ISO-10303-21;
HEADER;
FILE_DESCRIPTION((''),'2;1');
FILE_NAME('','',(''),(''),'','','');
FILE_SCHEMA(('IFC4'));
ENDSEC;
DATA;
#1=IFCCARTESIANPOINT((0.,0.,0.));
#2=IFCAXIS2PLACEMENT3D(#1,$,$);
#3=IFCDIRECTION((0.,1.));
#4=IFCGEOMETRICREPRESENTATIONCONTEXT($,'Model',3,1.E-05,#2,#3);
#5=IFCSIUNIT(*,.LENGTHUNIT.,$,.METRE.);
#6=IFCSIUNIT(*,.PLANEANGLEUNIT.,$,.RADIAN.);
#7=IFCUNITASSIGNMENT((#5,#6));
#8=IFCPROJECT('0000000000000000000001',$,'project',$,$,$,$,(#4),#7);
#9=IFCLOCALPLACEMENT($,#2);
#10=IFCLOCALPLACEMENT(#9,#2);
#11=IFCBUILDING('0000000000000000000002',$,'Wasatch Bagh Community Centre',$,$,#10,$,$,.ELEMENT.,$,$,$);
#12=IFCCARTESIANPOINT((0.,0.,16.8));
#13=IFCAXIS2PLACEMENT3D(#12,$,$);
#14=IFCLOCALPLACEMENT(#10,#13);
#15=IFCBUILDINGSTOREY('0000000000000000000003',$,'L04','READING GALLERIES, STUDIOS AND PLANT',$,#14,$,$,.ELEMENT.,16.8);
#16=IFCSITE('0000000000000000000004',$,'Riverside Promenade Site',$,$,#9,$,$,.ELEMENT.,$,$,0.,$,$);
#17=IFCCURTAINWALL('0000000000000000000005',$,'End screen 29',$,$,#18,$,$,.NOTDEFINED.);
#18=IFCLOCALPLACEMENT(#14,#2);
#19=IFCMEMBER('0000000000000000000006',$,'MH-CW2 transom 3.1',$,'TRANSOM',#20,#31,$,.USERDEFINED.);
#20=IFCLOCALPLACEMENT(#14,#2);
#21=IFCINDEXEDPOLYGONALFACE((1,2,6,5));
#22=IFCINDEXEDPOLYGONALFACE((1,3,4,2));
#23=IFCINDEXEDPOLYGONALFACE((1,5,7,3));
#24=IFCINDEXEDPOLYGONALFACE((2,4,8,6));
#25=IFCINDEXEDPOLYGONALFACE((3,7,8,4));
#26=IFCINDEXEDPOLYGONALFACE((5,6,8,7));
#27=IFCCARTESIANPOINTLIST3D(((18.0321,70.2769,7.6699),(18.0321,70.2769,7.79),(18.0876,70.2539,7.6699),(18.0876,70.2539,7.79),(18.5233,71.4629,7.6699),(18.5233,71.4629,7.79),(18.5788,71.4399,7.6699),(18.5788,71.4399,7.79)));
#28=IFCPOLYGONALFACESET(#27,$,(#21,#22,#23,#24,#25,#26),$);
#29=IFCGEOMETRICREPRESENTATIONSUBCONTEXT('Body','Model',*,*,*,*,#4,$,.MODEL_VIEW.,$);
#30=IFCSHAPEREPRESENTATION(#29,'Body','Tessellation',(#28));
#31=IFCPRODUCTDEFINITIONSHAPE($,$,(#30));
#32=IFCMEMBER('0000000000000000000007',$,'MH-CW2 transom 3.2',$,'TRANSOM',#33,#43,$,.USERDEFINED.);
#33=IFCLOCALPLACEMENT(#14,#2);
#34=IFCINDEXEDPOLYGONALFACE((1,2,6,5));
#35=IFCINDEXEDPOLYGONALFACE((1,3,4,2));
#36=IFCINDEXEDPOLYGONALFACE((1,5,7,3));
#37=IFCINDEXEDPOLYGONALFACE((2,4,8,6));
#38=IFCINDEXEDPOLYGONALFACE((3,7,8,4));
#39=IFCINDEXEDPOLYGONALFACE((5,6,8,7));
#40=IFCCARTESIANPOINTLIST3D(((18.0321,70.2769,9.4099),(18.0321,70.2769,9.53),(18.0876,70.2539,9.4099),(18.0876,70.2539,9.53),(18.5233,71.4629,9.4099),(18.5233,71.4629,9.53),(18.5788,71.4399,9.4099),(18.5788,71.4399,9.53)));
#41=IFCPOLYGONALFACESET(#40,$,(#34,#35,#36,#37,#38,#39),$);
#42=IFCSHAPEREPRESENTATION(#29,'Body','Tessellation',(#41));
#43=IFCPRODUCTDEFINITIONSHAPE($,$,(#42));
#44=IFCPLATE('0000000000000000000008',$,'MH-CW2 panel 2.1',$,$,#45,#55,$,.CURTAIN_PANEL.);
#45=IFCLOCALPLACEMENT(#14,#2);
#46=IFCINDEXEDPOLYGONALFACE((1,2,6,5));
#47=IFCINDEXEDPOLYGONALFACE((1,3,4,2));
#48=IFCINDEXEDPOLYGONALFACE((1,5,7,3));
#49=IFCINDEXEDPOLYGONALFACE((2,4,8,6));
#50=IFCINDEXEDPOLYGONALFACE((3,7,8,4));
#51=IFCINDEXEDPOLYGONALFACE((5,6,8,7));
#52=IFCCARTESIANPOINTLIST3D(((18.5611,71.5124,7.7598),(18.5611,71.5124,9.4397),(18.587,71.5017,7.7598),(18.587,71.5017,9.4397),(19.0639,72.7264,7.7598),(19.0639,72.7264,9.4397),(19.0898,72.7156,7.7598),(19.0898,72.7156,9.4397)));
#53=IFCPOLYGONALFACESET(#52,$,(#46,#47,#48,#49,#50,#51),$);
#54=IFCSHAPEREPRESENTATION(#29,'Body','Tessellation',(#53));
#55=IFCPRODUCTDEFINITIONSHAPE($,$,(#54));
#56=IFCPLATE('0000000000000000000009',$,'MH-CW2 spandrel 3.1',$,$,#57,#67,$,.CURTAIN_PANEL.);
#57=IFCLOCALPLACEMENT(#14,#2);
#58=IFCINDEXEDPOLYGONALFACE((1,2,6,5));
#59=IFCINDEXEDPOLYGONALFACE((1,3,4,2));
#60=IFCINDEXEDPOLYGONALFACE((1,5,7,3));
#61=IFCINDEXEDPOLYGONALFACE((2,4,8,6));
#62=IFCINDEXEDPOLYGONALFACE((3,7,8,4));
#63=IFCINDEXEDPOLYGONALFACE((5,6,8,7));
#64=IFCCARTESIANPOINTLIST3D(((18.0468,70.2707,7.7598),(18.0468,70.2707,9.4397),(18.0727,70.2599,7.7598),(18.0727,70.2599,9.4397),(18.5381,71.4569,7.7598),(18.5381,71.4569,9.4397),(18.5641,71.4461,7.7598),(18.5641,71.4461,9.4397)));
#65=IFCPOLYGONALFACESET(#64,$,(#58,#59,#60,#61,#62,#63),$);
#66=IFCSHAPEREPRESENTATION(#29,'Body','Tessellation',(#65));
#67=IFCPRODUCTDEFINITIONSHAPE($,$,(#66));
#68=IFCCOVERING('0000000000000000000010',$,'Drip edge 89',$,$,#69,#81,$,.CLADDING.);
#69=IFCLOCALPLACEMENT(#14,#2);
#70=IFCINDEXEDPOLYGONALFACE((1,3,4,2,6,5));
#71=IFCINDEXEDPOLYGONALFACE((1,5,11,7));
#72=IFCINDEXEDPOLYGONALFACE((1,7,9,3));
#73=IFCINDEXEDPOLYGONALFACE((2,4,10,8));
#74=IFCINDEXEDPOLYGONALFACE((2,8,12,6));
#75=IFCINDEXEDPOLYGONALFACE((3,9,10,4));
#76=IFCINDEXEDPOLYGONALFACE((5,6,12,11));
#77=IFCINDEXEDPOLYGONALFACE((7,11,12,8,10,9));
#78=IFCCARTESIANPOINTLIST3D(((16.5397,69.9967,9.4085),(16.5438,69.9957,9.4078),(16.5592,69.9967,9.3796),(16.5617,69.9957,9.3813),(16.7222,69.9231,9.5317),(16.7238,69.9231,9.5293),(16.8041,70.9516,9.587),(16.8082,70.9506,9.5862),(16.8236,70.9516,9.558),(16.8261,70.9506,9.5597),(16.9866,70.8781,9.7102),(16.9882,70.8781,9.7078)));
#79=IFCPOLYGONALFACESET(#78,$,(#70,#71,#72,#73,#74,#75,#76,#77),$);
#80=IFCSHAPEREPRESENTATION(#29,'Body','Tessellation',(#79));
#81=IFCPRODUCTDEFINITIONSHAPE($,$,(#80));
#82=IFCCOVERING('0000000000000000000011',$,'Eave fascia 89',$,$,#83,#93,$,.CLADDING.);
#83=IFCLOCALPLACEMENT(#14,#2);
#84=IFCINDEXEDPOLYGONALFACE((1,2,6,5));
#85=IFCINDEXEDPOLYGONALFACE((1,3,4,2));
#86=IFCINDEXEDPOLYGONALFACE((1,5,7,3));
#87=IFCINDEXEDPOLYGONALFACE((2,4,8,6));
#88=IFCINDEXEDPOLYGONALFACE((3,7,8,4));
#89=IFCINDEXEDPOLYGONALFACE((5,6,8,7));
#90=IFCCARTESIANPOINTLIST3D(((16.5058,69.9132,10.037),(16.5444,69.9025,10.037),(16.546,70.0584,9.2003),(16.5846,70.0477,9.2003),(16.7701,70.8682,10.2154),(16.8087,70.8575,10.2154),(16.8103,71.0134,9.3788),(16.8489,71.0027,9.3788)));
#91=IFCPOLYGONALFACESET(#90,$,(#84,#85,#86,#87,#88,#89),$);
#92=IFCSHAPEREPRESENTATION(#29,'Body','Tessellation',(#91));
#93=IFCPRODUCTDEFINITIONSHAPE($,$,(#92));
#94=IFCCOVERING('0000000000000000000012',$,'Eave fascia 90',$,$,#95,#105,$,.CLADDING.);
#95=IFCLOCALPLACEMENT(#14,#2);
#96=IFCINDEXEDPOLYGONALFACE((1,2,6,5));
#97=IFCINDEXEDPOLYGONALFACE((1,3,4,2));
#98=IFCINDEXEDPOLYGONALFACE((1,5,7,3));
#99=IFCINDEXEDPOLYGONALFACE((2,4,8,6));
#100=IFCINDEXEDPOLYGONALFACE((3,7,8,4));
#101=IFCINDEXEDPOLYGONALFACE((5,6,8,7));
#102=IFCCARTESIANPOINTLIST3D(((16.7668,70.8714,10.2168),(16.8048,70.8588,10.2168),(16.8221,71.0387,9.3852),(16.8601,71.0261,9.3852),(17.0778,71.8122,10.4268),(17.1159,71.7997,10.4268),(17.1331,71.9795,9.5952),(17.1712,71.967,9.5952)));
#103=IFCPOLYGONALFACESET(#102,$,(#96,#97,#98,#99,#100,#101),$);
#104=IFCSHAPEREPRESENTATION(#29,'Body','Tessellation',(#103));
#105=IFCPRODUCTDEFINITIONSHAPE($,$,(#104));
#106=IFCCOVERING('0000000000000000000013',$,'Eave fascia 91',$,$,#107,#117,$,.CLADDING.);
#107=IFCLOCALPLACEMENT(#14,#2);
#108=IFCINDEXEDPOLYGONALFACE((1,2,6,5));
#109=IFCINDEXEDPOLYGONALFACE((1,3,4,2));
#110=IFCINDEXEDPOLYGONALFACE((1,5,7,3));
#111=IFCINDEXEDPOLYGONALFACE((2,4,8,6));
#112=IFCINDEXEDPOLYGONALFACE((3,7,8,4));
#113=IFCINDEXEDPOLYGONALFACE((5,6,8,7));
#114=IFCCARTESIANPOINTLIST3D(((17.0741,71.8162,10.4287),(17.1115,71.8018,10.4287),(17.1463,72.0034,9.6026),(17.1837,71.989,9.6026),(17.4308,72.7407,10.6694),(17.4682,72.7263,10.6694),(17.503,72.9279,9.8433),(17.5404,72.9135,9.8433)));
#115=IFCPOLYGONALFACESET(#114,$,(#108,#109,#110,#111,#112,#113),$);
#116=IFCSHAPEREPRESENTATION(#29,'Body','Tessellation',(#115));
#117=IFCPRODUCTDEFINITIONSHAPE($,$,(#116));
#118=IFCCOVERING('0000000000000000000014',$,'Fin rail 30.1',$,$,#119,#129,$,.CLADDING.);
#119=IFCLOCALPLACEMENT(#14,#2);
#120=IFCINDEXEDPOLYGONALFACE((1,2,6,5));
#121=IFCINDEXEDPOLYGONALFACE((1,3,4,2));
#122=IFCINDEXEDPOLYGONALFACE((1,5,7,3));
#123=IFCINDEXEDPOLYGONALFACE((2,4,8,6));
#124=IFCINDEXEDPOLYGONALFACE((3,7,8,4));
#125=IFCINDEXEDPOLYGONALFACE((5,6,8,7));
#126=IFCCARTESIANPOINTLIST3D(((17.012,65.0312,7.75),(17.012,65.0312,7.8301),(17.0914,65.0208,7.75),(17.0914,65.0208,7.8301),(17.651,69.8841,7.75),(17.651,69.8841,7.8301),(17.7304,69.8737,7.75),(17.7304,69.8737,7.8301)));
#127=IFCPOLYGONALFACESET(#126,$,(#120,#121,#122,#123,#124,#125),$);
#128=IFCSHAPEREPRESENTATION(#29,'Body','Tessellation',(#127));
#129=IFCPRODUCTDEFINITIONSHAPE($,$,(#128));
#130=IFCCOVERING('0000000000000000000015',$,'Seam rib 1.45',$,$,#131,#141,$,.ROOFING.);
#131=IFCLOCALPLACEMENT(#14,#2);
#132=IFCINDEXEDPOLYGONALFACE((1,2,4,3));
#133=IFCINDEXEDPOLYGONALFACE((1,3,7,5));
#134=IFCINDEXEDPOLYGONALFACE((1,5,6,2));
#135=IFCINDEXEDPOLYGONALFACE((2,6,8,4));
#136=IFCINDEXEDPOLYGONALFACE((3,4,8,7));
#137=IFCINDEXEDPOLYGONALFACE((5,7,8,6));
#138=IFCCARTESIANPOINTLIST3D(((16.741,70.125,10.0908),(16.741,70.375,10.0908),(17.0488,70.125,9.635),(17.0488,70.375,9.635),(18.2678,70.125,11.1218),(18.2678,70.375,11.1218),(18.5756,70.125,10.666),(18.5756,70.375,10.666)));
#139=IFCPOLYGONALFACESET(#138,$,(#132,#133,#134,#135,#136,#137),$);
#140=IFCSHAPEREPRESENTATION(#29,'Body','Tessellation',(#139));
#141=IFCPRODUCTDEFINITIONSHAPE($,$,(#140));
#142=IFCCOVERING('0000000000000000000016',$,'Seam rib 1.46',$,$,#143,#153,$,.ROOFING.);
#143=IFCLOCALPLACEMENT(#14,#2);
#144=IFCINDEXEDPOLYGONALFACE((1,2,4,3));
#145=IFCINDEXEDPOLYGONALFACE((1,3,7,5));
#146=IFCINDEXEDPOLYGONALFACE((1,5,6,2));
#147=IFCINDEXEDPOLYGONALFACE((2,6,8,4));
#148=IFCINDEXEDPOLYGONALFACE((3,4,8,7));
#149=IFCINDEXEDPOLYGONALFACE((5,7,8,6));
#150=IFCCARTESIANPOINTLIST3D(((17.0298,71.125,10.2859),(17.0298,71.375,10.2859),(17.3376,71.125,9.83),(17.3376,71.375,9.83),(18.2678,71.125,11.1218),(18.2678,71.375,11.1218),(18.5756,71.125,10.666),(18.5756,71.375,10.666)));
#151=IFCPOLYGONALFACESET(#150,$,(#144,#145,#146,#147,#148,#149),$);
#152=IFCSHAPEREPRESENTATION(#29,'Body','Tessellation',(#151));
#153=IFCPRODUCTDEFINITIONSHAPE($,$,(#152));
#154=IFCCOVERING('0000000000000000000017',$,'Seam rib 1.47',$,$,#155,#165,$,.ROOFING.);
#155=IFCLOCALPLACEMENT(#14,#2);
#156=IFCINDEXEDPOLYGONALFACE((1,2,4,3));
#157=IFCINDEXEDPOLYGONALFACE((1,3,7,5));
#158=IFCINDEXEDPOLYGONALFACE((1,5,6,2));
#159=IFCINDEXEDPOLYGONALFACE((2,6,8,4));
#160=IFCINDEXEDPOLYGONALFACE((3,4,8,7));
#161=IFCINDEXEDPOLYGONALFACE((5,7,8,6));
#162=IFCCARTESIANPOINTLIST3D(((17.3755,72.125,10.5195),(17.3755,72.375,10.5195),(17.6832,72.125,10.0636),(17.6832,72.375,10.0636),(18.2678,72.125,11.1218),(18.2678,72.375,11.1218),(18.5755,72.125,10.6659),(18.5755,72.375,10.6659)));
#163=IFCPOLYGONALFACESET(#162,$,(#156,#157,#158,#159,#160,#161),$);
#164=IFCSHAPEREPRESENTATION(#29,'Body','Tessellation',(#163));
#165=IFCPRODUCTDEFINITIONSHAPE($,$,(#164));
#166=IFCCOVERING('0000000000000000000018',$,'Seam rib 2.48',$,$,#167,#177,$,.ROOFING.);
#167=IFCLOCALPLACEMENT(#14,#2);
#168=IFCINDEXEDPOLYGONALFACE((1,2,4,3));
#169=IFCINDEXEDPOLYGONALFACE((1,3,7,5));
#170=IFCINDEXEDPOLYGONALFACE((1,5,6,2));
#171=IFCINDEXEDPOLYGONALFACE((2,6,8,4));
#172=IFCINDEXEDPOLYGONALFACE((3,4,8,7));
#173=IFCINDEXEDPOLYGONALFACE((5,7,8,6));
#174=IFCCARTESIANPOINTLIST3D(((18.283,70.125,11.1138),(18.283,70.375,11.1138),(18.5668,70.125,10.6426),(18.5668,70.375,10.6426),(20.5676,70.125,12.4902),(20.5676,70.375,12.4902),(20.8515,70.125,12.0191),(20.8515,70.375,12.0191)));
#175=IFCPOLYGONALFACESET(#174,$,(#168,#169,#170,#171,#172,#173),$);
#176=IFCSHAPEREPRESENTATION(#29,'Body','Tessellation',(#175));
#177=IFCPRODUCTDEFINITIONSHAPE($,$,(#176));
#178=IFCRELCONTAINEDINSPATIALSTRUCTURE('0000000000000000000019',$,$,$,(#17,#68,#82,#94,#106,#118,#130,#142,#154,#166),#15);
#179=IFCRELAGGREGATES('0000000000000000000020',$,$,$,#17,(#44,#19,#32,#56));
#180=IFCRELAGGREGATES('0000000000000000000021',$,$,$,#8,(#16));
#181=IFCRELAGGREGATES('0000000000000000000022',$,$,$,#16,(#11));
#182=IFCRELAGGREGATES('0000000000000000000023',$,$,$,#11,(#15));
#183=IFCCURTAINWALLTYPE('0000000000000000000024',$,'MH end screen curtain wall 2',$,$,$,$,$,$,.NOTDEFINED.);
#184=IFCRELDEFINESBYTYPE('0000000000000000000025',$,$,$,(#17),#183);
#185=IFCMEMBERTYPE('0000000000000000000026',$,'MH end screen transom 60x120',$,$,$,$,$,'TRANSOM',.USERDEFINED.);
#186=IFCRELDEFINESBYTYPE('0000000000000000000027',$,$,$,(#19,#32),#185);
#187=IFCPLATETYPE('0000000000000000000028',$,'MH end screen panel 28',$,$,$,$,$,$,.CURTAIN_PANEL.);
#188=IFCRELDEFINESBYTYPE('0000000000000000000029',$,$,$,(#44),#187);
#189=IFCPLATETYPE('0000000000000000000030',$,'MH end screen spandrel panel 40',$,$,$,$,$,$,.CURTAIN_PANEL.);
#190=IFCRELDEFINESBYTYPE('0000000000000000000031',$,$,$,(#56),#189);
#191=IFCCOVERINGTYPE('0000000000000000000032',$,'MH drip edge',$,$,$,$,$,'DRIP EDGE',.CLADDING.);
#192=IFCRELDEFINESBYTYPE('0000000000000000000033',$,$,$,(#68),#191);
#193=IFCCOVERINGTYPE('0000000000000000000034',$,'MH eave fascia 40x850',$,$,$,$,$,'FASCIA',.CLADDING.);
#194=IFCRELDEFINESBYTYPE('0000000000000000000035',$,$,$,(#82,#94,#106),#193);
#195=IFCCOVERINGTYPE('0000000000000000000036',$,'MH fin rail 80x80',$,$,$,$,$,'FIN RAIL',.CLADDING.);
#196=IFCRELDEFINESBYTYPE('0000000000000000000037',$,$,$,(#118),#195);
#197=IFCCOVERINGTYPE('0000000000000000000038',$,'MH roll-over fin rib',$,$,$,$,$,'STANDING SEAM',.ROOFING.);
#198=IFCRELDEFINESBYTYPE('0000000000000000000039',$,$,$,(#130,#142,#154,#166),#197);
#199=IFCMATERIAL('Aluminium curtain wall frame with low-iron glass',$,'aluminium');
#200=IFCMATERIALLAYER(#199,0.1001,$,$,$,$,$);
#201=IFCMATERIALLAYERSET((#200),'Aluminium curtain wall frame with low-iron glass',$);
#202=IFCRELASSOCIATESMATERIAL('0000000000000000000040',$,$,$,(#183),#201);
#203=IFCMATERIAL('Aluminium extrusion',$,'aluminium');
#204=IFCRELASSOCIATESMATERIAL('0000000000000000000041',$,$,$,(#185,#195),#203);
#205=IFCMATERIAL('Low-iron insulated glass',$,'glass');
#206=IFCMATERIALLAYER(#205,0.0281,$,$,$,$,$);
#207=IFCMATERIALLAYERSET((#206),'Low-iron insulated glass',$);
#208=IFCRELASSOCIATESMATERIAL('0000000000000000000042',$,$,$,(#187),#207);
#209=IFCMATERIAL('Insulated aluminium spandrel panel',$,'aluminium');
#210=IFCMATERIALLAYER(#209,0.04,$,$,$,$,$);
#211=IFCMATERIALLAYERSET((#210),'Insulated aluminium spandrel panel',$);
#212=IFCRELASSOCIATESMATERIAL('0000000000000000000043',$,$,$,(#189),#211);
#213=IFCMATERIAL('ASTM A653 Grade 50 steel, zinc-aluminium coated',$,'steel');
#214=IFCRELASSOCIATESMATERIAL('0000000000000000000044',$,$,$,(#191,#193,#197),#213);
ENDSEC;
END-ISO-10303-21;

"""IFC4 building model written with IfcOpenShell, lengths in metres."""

from ifc_helpers import new_model, si_unit, direction, frame, origin, origin_2d, place, context, subcontext, project, spatial, polyline, rectangle, outline, extrude, material, layer, layer_set, material_profile, profile_set, type_object, element, aggregate, save


model = new_model("IFC4")

# Units and contexts
model_context = context("Model", 3, precision=1e-05, world=origin(), true_north=direction((0.0, 1.0)))
body_context = subcontext(model_context, "Body", "Model", "MODEL_VIEW")
ifc_project = project(units=[si_unit("LENGTHUNIT", "METRE"), si_unit("PLANEANGLEUNIT", "RADIAN")], contexts=[model_context])

# Site, building, storey
site_placement = place(None, origin())
site = spatial("IfcSite", under=ifc_project, at=site_placement, Name="Riverside Promenade Site", CompositionType="ELEMENT", RefElevation=0.0)
building_placement = place(site_placement, origin())
building = spatial("IfcBuilding", under=site, at=building_placement, Name="Wasatch Bagh Community Centre", CompositionType="ELEMENT")
storey_placement = place(building_placement, frame((0.0, 0.0, 16.8)))
storey = spatial("IfcBuildingStorey", under=building, at=storey_placement, Name="L04", Description="READING GALLERIES, STUDIOS AND PLANT", CompositionType="ELEMENT", Elevation=16.8)

# Curtain wall, members, plates
ifc_material_1 = material(Name="Aluminium curtain wall frame with low-iron glass", Category="aluminium")
ifc_layer_1 = layer(ifc_material_1, 0.1001)
ifc_layer_set_1 = layer_set([ifc_layer_1], Name="Aluminium curtain wall frame with low-iron glass")
curtain_wall_type = type_object("IfcCurtainWallType", Name="MH end screen curtain wall 2", PredefinedType="NOTDEFINED", material=ifc_layer_set_1)
curtain_wall_placement = place(storey_placement, origin())
curtain_wall = element("IfcCurtainWall", 1, at=curtain_wall_placement, inside=storey, type_object=curtain_wall_type, Name="End screen 29", PredefinedType="NOTDEFINED")
ifc_material_2 = material(Name="Aluminium extrusion", Category="aluminium")
ifc_material_profile_1 = material_profile(ifc_material_2, rectangle(XDim=0.0601, YDim=0.1201, at=origin_2d()), Name="AL 60x120")
ifc_profile_set_1 = profile_set([ifc_material_profile_1], Name="Aluminium extrusion")
member_type = type_object("IfcMemberType", Name="MH end screen transom 60x120", ElementType="TRANSOM", PredefinedType="USERDEFINED", material=ifc_profile_set_1)
member_1_placement = place(storey_placement, frame((18.551, 71.4514, 7.73), z_axis=(-0.382643, -0.923896, 0.0), x_axis=(0.923896, -0.382643, 0.0)))
member_1 = element("IfcMember", 2, at=member_1_placement, type_object=member_type, Name="MH-CW2 transom 3.1", ObjectType="TRANSOM", PredefinedType="USERDEFINED", context=body_context, shape_type="SweptSolid", body=[
    extrude(rectangle(XDim=0.0601, YDim=0.1201, at=origin_2d()), origin(), (0.0, 0.0, 1.0), 1.2837),
])
member_2_placement = place(storey_placement, frame((18.551, 71.4514, 9.47), z_axis=(-0.382643, -0.923896, 0.0), x_axis=(0.923896, -0.382643, 0.0)))
member_2 = element("IfcMember", 3, at=member_2_placement, type_object=member_type, Name="MH-CW2 transom 3.2", ObjectType="TRANSOM", PredefinedType="USERDEFINED", context=body_context, shape_type="SweptSolid", body=[
    extrude(rectangle(XDim=0.0601, YDim=0.1201, at=origin_2d()), origin(), (0.0, 0.0, 1.0), 1.2837),
])
ifc_material_3 = material(Name="Low-iron insulated glass", Category="glass")
ifc_layer_2 = layer(ifc_material_3, 0.0281)
ifc_layer_set_2 = layer_set([ifc_layer_2], Name="Low-iron insulated glass")
plate_type_1 = type_object("IfcPlateType", Name="MH end screen panel 28", PredefinedType="CURTAIN_PANEL", material=ifc_layer_set_2)
plate_1_placement = place(storey_placement, frame((18.8254, 72.114, 7.7598), z_axis=(0.0, 0.0, 1.0), x_axis=(-0.382683, -0.92388, 0.0)))
plate_1 = element("IfcPlate", 4, at=plate_1_placement, type_object=plate_type_1, Name="MH-CW2 panel 2.1", PredefinedType="CURTAIN_PANEL", context=body_context, shape_type="SweptSolid", body=[
    extrude(rectangle(XDim=1.314, YDim=0.0281, at=origin_2d()), origin(), (0.0, 0.0, 1.0), 1.6799),
])
ifc_material_4 = material(Name="Insulated aluminium spandrel panel", Category="aluminium")
ifc_layer_3 = layer(ifc_material_4, 0.04)
ifc_layer_set_3 = layer_set([ifc_layer_3], Name="Insulated aluminium spandrel panel")
plate_type_2 = type_object("IfcPlateType", Name="MH end screen spandrel panel 40", PredefinedType="CURTAIN_PANEL", material=ifc_layer_set_3)
plate_2_placement = place(storey_placement, frame((18.3054, 70.8584, 7.7598), z_axis=(0.0, 0.0, 1.0), x_axis=(-0.382683, -0.92388, 0.0)))
plate_2 = element("IfcPlate", 5, at=plate_2_placement, type_object=plate_type_2, Name="MH-CW2 spandrel 3.1", PredefinedType="CURTAIN_PANEL", context=body_context, shape_type="SweptSolid", body=[
    extrude(rectangle(XDim=1.2839, YDim=0.0281, at=origin_2d()), origin(), (0.0, 0.0, 1.0), 1.6799),
])
aggregate(curtain_wall, [plate_1, member_1, member_2, plate_2])

# Coverings
ifc_material_5 = material(Name="ASTM A653 Grade 50 steel, zinc-aluminium coated", Category="steel")
ifc_material_profile_2 = material_profile(ifc_material_5, outline(polyline([(-0.0801, 0.0029), (0.1521, 0.0029), (0.1521, -0.032), (0.1489, -0.032), (0.1489, 0.0), (-0.0801, 0.0), (-0.0801, 0.0029)])), Name="DRIP EDGE")
ifc_profile_set_2 = profile_set([ifc_material_profile_2], Name="ASTM A653 Grade 50 steel, zinc-aluminium coated")
covering_type_1 = type_object("IfcCoveringType", Name="MH drip edge", ElementType="DRIP EDGE", PredefinedType="CLADDING", material=ifc_profile_set_2)
covering_1_placement = place(storey_placement, frame((16.6609, 69.9485, 9.4868), z_axis=(0.262581, 0.948493, 0.177236), x_axis=(-0.786092, 0.316799, -0.530752)))
element("IfcCovering", 6, at=covering_1_placement, inside=storey, type_object=covering_type_1, Name="Drip edge 89", PredefinedType="CLADDING", context=body_context, shape_type="SweptSolid", body=[
    extrude(outline(polyline([(-0.0801, 0.0029), (0.1521, 0.0029), (0.1521, -0.032), (0.1489, -0.032), (0.1489, 0.0), (-0.0801, 0.0), (-0.0801, 0.0029)])), origin(), (0.0, 0.0, 1.0), 1.0068),
])
ifc_material_profile_3 = material_profile(ifc_material_5, rectangle(XDim=0.04, YDim=0.8501, at=origin_2d()), Name="FASCIA 40x850")
ifc_profile_set_3 = profile_set([ifc_material_profile_3], Name="ASTM A653 Grade 50 steel, zinc-aluminium coated")
covering_type_2 = type_object("IfcCoveringType", Name="MH eave fascia 40x850", ElementType="FASCIA", PredefinedType="CLADDING", material=ifc_profile_set_3)
covering_2_placement = place(storey_placement, frame((16.5452, 69.9805, 9.6187), z_axis=(0.262581, 0.948493, 0.177236), x_axis=(-0.96375, 0.266805, 0.0)))
element("IfcCovering", 7, at=covering_2_placement, inside=storey, type_object=covering_type_2, Name="Eave fascia 89", PredefinedType="CLADDING", context=body_context, shape_type="SweptSolid", body=[
    extrude(rectangle(XDim=0.04, YDim=0.8501, at=origin_2d()), origin(), (0.0, 0.0, 1.0), 1.0068),
])
covering_3_placement = place(storey_placement, frame((16.8135, 70.9487, 9.801), z_axis=(0.307046, 0.92885, 0.207268), x_axis=(-0.949469, 0.313862, 0.0)))
element("IfcCovering", 8, at=covering_3_placement, inside=storey, type_object=covering_type_2, Name="Eave fascia 90", PredefinedType="CLADDING", context=body_context, shape_type="SweptSolid", body=[
    extrude(rectangle(XDim=0.04, YDim=0.8501, at=origin_2d()), origin(), (0.0, 0.0, 1.0), 1.0129),
])
covering_4_placement = place(storey_placement, frame((17.1289, 71.9026, 10.0156), z_axis=(0.349765, 0.906612, 0.236049), x_axis=(-0.932977, 0.359936, 0.0)))
element("IfcCovering", 9, at=covering_4_placement, inside=storey, type_object=covering_type_2, Name="Eave fascia 91", PredefinedType="CLADDING", context=body_context, shape_type="SweptSolid", body=[
    extrude(rectangle(XDim=0.04, YDim=0.8501, at=origin_2d()), origin(), (0.0, 0.0, 1.0), 1.0198),
])
ifc_material_profile_4 = material_profile(ifc_material_2, rectangle(XDim=0.0801, YDim=0.0801, at=origin_2d()), Name="AL 80x80")
ifc_profile_set_4 = profile_set([ifc_material_profile_4], Name="Aluminium extrusion")
covering_type_3 = type_object("IfcCoveringType", Name="MH fin rail 80x80", ElementType="FIN RAIL", PredefinedType="CLADDING", material=ifc_profile_set_4)
covering_5_placement = place(storey_placement, frame((17.6907, 69.8789, 7.79), z_axis=(-0.130533, -0.991444, 0.0), x_axis=(0.991444, -0.130533, 0.0)))
element("IfcCovering", 10, at=covering_5_placement, inside=storey, type_object=covering_type_3, Name="Fin rail 30.1", PredefinedType="CLADDING", context=body_context, shape_type="SweptSolid", body=[
    extrude(rectangle(XDim=0.0801, YDim=0.0801, at=origin_2d()), origin(), (0.0, 0.0, 1.0), 4.8948),
])
covering_type_4 = type_object("IfcCoveringType", Name="MH roll-over fin rib", ElementType="STANDING SEAM", PredefinedType="ROOFING", material=ifc_material_5)
covering_6_placement = place(storey_placement, frame((16.741, 70.125, 10.0908), z_axis=(-0.559614, 0.0, 0.828753), x_axis=(0.828753, 0.0, 0.559614)))
element("IfcCovering", 11, at=covering_6_placement, inside=storey, type_object=covering_type_4, Name="Seam rib 1.45", PredefinedType="ROOFING", context=body_context, shape_type="SweptSolid", body=[
    extrude(outline(polyline([(0.0, 0.0), (1.8424, 0.0), (1.8424, 0.25), (0.0, 0.25), (0.0, 0.0)])), origin(), (0.0, 0.0, -1.0), 0.55),
])
covering_7_placement = place(storey_placement, frame((17.0298, 71.125, 10.2859), z_axis=(-0.559594, 0.0, 0.828767), x_axis=(0.828767, 0.0, 0.559594)))
element("IfcCovering", 12, at=covering_7_placement, inside=storey, type_object=covering_type_4, Name="Seam rib 1.46", PredefinedType="ROOFING", context=body_context, shape_type="SweptSolid", body=[
    extrude(outline(polyline([(0.0, 0.0), (1.4938, 0.0), (1.4938, 0.25), (0.0, 0.25), (0.0, 0.0)])), origin(), (0.0, 0.0, -1.0), 0.55),
])
covering_8_placement = place(storey_placement, frame((17.3755, 72.125, 10.5195), z_axis=(-0.559453, 0.0, 0.828862), x_axis=(0.828862, 0.0, 0.559453)))
element("IfcCovering", 13, at=covering_8_placement, inside=storey, type_object=covering_type_4, Name="Seam rib 1.47", PredefinedType="ROOFING", context=body_context, shape_type="SweptSolid", body=[
    extrude(outline(polyline([(0.0, 0.0), (1.0766, 0.0), (1.0766, 0.25), (0.0, 0.25), (0.0, 0.0)])), origin(), (0.0, 0.0, -1.0), 0.55),
])
for number, where, z_axis, x_axis, name in (
    (14, (18.283, 70.125, 11.1138), (-0.516056, 0.0, 0.856555), (0.856555, 0.0, 0.516056), "Seam rib 2.48"),
):
    element("IfcCovering", number, at=place(storey_placement, frame(where, z_axis=z_axis, x_axis=x_axis)), inside=storey, type_object=covering_type_4, Name=name, PredefinedType="ROOFING", context=body_context, shape_type="SweptSolid", body=[
        extrude(outline(polyline([(0.0, 0.0), (2.6673, 0.0), (2.6673, 0.25), (0.0, 0.25), (0.0, 0.0)])), origin(), (0.0, 0.0, -1.0), 0.55),
    ])

save(model, "model.ifc")
